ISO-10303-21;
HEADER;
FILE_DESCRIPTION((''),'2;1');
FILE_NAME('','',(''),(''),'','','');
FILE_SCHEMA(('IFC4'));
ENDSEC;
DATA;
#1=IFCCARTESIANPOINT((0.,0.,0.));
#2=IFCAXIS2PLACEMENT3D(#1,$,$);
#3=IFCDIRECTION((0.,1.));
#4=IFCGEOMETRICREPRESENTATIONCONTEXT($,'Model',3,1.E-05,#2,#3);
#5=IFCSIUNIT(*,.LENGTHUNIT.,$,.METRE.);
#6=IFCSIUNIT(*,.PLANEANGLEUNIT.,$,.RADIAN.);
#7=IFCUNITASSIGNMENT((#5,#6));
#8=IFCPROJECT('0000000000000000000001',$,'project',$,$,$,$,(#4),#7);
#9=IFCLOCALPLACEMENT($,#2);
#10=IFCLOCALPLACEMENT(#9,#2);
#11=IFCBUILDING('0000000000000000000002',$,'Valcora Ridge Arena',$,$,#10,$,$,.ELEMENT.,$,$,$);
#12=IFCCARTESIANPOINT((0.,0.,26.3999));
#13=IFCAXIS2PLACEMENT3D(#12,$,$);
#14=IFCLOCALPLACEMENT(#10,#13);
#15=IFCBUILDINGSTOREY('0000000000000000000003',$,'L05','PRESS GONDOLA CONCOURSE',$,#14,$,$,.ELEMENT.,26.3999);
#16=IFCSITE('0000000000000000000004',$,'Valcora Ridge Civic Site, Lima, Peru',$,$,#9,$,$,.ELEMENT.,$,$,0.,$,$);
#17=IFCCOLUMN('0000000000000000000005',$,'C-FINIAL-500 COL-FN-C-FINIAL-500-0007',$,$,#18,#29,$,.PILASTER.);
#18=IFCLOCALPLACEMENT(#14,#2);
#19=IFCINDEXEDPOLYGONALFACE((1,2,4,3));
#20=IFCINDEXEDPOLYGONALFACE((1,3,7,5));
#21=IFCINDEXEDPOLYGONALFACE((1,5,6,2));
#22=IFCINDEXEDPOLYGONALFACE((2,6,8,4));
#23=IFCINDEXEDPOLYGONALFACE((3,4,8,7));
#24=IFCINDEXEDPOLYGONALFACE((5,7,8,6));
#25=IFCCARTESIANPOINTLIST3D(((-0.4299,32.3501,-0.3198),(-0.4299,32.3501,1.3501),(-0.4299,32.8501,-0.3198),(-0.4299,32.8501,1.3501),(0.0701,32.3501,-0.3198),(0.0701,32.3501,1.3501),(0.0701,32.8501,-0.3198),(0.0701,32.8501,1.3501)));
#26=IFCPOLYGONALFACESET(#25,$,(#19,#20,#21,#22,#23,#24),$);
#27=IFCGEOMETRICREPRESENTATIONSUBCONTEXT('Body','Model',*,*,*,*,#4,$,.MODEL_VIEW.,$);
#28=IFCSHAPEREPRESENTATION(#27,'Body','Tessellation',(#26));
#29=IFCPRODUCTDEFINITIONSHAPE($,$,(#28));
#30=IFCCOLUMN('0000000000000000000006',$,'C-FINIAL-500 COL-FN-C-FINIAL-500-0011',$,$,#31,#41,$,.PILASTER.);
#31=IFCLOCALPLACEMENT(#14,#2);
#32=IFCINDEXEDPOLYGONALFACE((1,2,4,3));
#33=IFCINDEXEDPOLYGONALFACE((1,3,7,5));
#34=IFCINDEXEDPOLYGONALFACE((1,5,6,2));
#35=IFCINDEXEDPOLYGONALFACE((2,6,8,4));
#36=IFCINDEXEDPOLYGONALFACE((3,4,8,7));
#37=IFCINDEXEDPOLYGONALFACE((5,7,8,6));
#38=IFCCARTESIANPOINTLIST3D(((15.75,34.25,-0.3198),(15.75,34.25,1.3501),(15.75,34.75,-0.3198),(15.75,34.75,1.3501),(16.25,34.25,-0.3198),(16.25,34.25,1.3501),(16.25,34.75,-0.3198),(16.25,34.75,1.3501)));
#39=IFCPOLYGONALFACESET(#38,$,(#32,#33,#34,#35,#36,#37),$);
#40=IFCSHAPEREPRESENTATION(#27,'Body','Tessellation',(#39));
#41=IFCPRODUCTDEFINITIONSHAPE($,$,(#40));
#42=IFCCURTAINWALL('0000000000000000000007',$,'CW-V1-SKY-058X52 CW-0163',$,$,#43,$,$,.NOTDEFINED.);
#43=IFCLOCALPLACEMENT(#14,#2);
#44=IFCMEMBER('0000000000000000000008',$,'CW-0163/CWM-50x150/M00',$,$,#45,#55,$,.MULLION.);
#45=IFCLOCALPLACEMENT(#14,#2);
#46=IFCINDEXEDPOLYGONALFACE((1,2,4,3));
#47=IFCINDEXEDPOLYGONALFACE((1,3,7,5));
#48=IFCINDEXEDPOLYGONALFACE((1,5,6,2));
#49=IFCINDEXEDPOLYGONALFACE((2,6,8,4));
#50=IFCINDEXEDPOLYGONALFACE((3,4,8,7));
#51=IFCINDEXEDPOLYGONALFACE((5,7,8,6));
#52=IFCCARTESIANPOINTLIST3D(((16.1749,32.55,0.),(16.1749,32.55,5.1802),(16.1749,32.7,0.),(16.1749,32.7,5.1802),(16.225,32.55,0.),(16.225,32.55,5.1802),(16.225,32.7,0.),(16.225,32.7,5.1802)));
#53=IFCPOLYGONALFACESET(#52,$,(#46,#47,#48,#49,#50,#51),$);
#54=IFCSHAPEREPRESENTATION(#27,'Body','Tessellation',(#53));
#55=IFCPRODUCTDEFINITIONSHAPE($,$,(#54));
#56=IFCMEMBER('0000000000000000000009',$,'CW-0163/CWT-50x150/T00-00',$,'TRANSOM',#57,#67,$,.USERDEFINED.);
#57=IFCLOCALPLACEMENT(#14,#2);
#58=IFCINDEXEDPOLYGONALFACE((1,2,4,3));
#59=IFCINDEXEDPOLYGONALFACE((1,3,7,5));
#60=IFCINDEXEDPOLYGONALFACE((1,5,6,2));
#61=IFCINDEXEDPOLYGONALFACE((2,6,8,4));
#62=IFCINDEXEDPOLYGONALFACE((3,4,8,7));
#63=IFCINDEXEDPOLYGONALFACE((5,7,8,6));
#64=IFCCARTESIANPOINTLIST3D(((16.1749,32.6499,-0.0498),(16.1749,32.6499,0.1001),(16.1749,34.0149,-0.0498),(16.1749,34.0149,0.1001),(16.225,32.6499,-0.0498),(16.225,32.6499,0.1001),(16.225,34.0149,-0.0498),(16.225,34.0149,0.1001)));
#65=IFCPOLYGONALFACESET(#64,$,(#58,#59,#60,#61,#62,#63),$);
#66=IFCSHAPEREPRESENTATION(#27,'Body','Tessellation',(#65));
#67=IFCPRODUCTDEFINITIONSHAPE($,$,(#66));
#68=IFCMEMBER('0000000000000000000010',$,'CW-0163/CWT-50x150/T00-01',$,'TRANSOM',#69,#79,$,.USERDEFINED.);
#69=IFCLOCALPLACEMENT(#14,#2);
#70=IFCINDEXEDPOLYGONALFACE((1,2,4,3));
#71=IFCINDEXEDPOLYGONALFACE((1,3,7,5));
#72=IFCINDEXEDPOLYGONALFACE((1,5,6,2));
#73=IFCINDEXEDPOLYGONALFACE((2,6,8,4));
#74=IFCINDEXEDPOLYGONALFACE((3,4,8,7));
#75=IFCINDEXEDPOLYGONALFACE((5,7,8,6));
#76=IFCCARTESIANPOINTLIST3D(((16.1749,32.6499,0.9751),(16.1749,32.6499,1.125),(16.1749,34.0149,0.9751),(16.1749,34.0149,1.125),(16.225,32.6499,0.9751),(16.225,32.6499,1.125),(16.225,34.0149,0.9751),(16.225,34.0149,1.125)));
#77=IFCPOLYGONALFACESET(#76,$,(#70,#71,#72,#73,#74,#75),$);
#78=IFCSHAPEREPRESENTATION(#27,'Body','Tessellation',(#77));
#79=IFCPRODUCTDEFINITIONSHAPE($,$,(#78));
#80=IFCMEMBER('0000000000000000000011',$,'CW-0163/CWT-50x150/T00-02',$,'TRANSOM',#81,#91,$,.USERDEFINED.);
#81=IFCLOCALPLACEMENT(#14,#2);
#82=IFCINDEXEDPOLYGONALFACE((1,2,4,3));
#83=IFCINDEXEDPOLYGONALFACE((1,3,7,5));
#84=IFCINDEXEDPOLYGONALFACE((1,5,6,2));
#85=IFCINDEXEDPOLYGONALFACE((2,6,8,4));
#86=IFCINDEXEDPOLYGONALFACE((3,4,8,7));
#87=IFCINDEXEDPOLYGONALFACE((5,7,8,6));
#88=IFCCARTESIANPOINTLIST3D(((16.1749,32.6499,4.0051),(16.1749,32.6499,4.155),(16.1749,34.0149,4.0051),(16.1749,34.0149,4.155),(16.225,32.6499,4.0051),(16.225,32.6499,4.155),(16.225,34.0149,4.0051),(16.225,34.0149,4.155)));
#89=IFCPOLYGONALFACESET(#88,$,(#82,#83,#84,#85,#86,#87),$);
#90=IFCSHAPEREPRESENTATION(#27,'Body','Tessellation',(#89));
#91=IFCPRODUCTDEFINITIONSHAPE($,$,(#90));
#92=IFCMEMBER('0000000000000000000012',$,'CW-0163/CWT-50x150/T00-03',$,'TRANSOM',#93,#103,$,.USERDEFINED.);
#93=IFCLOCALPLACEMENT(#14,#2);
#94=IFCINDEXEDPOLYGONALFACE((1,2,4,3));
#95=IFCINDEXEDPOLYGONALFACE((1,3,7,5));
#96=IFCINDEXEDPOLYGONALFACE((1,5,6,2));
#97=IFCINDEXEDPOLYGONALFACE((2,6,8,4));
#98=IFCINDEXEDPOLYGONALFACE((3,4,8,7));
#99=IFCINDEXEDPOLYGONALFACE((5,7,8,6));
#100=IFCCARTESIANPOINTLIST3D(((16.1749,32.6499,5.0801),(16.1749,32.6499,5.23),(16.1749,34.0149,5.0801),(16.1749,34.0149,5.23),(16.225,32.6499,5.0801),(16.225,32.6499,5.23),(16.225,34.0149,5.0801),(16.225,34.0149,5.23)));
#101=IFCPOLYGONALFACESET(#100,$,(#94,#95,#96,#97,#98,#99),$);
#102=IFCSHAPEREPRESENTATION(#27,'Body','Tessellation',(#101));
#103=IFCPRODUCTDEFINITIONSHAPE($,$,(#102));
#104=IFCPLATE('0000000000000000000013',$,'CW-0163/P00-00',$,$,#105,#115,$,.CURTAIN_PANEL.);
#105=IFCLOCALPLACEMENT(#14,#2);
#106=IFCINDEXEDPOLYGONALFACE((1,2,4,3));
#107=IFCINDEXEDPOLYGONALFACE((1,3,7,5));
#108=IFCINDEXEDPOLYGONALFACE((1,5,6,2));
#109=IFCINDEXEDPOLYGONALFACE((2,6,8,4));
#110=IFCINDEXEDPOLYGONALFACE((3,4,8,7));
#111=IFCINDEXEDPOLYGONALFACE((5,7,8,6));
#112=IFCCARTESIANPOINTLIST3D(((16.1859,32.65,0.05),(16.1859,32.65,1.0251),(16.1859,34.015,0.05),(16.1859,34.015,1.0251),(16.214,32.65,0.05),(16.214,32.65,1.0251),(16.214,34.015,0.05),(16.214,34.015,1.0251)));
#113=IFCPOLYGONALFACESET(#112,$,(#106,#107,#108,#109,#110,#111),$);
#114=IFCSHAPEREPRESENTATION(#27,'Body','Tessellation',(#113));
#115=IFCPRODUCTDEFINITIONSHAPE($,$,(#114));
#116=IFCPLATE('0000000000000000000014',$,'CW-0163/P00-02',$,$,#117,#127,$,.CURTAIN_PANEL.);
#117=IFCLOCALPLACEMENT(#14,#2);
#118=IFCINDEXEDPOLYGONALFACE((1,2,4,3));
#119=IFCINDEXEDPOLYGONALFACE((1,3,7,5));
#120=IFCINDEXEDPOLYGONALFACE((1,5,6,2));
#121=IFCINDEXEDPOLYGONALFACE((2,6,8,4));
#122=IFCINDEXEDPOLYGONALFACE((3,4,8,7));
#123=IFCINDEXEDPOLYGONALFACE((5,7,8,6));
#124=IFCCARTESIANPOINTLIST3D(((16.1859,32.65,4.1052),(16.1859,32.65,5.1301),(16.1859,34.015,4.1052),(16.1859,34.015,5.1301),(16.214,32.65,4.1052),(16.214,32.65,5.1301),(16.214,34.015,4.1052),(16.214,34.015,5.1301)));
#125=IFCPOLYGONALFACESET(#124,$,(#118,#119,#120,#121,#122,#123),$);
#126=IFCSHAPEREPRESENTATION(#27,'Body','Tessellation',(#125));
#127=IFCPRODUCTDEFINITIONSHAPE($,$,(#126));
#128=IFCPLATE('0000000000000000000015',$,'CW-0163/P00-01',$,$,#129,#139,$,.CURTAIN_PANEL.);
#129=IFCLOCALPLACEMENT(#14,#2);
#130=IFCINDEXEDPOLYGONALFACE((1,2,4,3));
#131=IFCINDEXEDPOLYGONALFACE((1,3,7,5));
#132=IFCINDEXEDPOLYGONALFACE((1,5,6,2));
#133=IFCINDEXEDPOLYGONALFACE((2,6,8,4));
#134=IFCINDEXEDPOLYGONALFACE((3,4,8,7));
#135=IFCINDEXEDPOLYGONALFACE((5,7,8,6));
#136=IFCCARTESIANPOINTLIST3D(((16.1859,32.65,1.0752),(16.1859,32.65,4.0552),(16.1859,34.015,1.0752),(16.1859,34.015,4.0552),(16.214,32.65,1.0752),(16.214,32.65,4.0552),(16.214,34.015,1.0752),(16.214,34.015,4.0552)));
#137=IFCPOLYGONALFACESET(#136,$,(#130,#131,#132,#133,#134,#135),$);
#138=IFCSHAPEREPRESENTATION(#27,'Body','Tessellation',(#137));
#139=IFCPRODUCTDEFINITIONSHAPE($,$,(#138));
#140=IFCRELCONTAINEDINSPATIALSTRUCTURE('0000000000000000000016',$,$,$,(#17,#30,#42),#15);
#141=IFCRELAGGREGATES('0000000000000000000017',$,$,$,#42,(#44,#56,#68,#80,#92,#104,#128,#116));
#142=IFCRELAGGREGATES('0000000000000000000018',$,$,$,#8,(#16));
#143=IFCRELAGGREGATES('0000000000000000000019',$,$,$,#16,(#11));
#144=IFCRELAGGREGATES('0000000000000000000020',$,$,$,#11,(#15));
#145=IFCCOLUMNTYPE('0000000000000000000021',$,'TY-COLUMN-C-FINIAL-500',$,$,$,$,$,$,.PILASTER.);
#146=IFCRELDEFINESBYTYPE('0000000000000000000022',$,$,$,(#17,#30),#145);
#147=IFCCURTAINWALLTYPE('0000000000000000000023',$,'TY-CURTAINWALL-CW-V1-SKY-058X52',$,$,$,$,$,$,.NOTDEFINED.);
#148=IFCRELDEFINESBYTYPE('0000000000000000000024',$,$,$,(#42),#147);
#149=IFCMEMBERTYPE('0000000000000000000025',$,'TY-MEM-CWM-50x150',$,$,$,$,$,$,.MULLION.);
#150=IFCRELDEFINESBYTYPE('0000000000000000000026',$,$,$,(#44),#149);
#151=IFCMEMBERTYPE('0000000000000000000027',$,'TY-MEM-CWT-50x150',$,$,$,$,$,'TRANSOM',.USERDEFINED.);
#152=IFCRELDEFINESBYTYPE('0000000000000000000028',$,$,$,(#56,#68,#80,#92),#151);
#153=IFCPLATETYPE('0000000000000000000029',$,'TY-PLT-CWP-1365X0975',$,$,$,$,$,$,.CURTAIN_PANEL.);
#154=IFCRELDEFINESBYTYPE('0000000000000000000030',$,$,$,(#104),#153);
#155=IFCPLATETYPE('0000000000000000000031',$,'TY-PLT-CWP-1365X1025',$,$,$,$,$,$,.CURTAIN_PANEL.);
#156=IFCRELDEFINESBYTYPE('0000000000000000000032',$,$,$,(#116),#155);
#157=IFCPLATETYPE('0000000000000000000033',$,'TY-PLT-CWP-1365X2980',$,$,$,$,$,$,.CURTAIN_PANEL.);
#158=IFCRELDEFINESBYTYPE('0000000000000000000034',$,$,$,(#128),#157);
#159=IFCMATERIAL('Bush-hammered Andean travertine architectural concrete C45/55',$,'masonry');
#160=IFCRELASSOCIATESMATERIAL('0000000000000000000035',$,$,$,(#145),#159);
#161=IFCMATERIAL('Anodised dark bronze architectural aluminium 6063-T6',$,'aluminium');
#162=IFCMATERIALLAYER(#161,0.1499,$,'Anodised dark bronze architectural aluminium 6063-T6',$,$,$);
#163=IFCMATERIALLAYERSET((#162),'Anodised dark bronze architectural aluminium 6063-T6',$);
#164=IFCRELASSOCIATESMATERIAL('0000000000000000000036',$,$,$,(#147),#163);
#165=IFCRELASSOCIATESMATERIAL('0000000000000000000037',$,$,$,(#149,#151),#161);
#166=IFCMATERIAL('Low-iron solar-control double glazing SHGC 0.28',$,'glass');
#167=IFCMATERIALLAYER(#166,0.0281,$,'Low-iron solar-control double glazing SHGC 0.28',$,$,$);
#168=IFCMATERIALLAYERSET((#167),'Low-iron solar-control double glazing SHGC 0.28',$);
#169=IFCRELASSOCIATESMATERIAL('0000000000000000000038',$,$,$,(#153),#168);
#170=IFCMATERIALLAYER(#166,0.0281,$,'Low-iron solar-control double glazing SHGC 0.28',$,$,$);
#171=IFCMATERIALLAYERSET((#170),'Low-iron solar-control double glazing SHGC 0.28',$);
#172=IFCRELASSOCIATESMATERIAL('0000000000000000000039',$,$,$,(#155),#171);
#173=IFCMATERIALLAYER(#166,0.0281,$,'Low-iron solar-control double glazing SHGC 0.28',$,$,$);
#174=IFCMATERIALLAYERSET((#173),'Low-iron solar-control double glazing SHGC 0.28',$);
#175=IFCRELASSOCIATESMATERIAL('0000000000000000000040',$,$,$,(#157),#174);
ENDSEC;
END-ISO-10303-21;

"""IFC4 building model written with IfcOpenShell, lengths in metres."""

from ifc_helpers import new_model, si_unit, direction, frame, origin, origin_2d, place, context, subcontext, project, spatial, rectangle, extrude, material, layer, layer_set, material_profile, profile_set, type_object, element, aggregate, save


model = new_model("IFC4")

# Units and contexts
model_context = context("Model", 3, precision=1e-05, world=origin(), true_north=direction((0.0, 1.0)))
body_context = subcontext(model_context, "Body", "Model", "MODEL_VIEW")
ifc_project = project(units=[si_unit("LENGTHUNIT", "METRE"), si_unit("PLANEANGLEUNIT", "RADIAN")], contexts=[model_context])

# Site, building, storey
site_placement = place(None, origin())
site = spatial("IfcSite", under=ifc_project, at=site_placement, Name="Valcora Ridge Civic Site, Lima, Peru", CompositionType="ELEMENT", RefElevation=0.0)
building_placement = place(site_placement, origin())
building = spatial("IfcBuilding", under=site, at=building_placement, Name="Valcora Ridge Arena", CompositionType="ELEMENT")
storey_placement = place(building_placement, frame((0.0, 0.0, 26.3999)))
storey = spatial("IfcBuildingStorey", under=building, at=storey_placement, Name="L05", Description="PRESS GONDOLA CONCOURSE", CompositionType="ELEMENT", Elevation=26.3999)

# Columns
ifc_material_1 = material(Name="Bush-hammered Andean travertine architectural concrete C45/55", Category="masonry")
ifc_material_profile_1 = material_profile(ifc_material_1, rectangle(XDim=0.5, YDim=0.5, at=origin_2d()), Name="RC 500x500")
ifc_profile_set_1 = profile_set([ifc_material_profile_1], Name="Bush-hammered Andean travertine architectural concrete C45/55")
column_type = type_object("IfcColumnType", Name="TY-COLUMN-C-FINIAL-500", PredefinedType="PILASTER", material=ifc_profile_set_1)
for number, where, z_axis, x_axis, name in (
    (1, (-0.1799, 32.6001, -0.3198), (0.0, 0.0, 1.0), (1.0, 0.0, 0.0), "C-FINIAL-500 COL-FN-C-FINIAL-500-0007"),
    (2, (16.0, 34.5, -0.3198), (0.0, 0.0, 1.0), (1.0, 0.0, 0.0), "C-FINIAL-500 COL-FN-C-FINIAL-500-0011"),
):
    element("IfcColumn", number, at=place(storey_placement, frame(where, z_axis=z_axis, x_axis=x_axis)), inside=storey, type_object=column_type, Name=name, PredefinedType="PILASTER", context=body_context, shape_type="SweptSolid", body=[
        extrude(rectangle(XDim=0.5, YDim=0.5, at=origin_2d()), origin(), (0.0, 0.0, 1.0), 1.6699),
    ])

# Curtain wall, members, plates
ifc_material_2 = material(Name="Anodised dark bronze architectural aluminium 6063-T6", Category="aluminium")
ifc_layer_1 = layer(ifc_material_2, 0.1499, Name="Anodised dark bronze architectural aluminium 6063-T6")
ifc_layer_set_1 = layer_set([ifc_layer_1], Name="Anodised dark bronze architectural aluminium 6063-T6")
curtain_wall_type = type_object("IfcCurtainWallType", Name="TY-CURTAINWALL-CW-V1-SKY-058X52", PredefinedType="NOTDEFINED", material=ifc_layer_set_1)
curtain_wall_placement = place(storey_placement, origin())
curtain_wall = element("IfcCurtainWall", 3, at=curtain_wall_placement, inside=storey, type_object=curtain_wall_type, Name="CW-V1-SKY-058X52 CW-0163", PredefinedType="NOTDEFINED")
ifc_material_profile_2 = material_profile(ifc_material_2, rectangle(XDim=0.05, YDim=0.1499, at=origin_2d()), Name="ALU MULLION 50x150")
ifc_profile_set_2 = profile_set([ifc_material_profile_2], Name="Anodised dark bronze architectural aluminium 6063-T6")
member_type_1 = type_object("IfcMemberType", Name="TY-MEM-CWM-50x150", PredefinedType="MULLION", material=ifc_profile_set_2)
member_1_placement = place(storey_placement, frame((16.2, 32.625, 0.0), z_axis=(0.0, 0.0, 1.0), x_axis=(-1.0, 0.0, 0.0)))
member_1 = element("IfcMember", 4, at=member_1_placement, type_object=member_type_1, Name="CW-0163/CWM-50x150/M00", PredefinedType="MULLION", context=body_context, shape_type="SweptSolid", body=[
    extrude(rectangle(XDim=0.05, YDim=0.1499, at=origin_2d()), origin(), (0.0, 0.0, 1.0), 5.1802),
])
ifc_material_profile_3 = material_profile(ifc_material_2, rectangle(XDim=0.05, YDim=0.1499, at=origin_2d()), Name="ALU TRANSOM 50x150")
ifc_profile_set_3 = profile_set([ifc_material_profile_3], Name="Anodised dark bronze architectural aluminium 6063-T6")
member_type_2 = type_object("IfcMemberType", Name="TY-MEM-CWT-50x150", ElementType="TRANSOM", PredefinedType="USERDEFINED", material=ifc_profile_set_3)
member_2_placement = place(storey_placement, frame((16.2, 32.6499, 0.0251), z_axis=(0.0, 1.0, 0.0), x_axis=(-1.0, 0.0, 0.0)))
member_2 = element("IfcMember", 5, at=member_2_placement, type_object=member_type_2, Name="CW-0163/CWT-50x150/T00-00", ObjectType="TRANSOM", PredefinedType="USERDEFINED", context=body_context, shape_type="SweptSolid", body=[
    extrude(rectangle(XDim=0.05, YDim=0.1499, at=origin_2d()), origin(), (0.0, 0.0, 1.0), 1.365),
])
member_3_placement = place(storey_placement, frame((16.2, 32.6499, 1.05), z_axis=(0.0, 1.0, 0.0), x_axis=(-1.0, 0.0, 0.0)))
member_3 = element("IfcMember", 6, at=member_3_placement, type_object=member_type_2, Name="CW-0163/CWT-50x150/T00-01", ObjectType="TRANSOM", PredefinedType="USERDEFINED", context=body_context, shape_type="SweptSolid", body=[
    extrude(rectangle(XDim=0.05, YDim=0.1499, at=origin_2d()), origin(), (0.0, 0.0, 1.0), 1.365),
])
member_4_placement = place(storey_placement, frame((16.2, 32.6499, 4.0801), z_axis=(0.0, 1.0, 0.0), x_axis=(-1.0, 0.0, 0.0)))
member_4 = element("IfcMember", 7, at=member_4_placement, type_object=member_type_2, Name="CW-0163/CWT-50x150/T00-02", ObjectType="TRANSOM", PredefinedType="USERDEFINED", context=body_context, shape_type="SweptSolid", body=[
    extrude(rectangle(XDim=0.05, YDim=0.1499, at=origin_2d()), origin(), (0.0, 0.0, 1.0), 1.365),
])
member_5_placement = place(storey_placement, frame((16.2, 32.6499, 5.155), z_axis=(0.0, 1.0, 0.0), x_axis=(-1.0, 0.0, 0.0)))
member_5 = element("IfcMember", 8, at=member_5_placement, type_object=member_type_2, Name="CW-0163/CWT-50x150/T00-03", ObjectType="TRANSOM", PredefinedType="USERDEFINED", context=body_context, shape_type="SweptSolid", body=[
    extrude(rectangle(XDim=0.05, YDim=0.1499, at=origin_2d()), origin(), (0.0, 0.0, 1.0), 1.365),
])
ifc_material_3 = material(Name="Low-iron solar-control double glazing SHGC 0.28", Category="glass")
ifc_layer_2 = layer(ifc_material_3, 0.0281, Name="Low-iron solar-control double glazing SHGC 0.28")
ifc_layer_set_2 = layer_set([ifc_layer_2], Name="Low-iron solar-control double glazing SHGC 0.28")
plate_type_1 = type_object("IfcPlateType", Name="TY-PLT-CWP-1365X0975", PredefinedType="CURTAIN_PANEL", material=ifc_layer_set_2)
plate_1_placement = place(storey_placement, frame((16.2, 33.3325, 0.05), z_axis=(0.0, 0.0, 1.0), x_axis=(0.0, 1.0, 0.0)))
plate_1 = element("IfcPlate", 9, at=plate_1_placement, type_object=plate_type_1, Name="CW-0163/P00-00", PredefinedType="CURTAIN_PANEL", context=body_context, shape_type="SweptSolid", body=[
    extrude(rectangle(XDim=1.365, YDim=0.0281, at=origin_2d()), origin(), (0.0, 0.0, 1.0), 0.9751),
])
ifc_layer_3 = layer(ifc_material_3, 0.0281, Name="Low-iron solar-control double glazing SHGC 0.28")
ifc_layer_set_3 = layer_set([ifc_layer_3], Name="Low-iron solar-control double glazing SHGC 0.28")
plate_type_2 = type_object("IfcPlateType", Name="TY-PLT-CWP-1365X1025", PredefinedType="CURTAIN_PANEL", material=ifc_layer_set_3)
plate_2_placement = place(storey_placement, frame((16.2, 33.3325, 4.1052), z_axis=(0.0, 0.0, 1.0), x_axis=(0.0, 1.0, 0.0)))
plate_2 = element("IfcPlate", 10, at=plate_2_placement, type_object=plate_type_2, Name="CW-0163/P00-02", PredefinedType="CURTAIN_PANEL", context=body_context, shape_type="SweptSolid", body=[
    extrude(rectangle(XDim=1.365, YDim=0.0281, at=origin_2d()), origin(), (0.0, 0.0, 1.0), 1.0249),
])
ifc_layer_4 = layer(ifc_material_3, 0.0281, Name="Low-iron solar-control double glazing SHGC 0.28")
ifc_layer_set_4 = layer_set([ifc_layer_4], Name="Low-iron solar-control double glazing SHGC 0.28")
plate_type_3 = type_object("IfcPlateType", Name="TY-PLT-CWP-1365X2980", PredefinedType="CURTAIN_PANEL", material=ifc_layer_set_4)
plate_3_placement = place(storey_placement, frame((16.2, 33.3325, 1.0752), z_axis=(0.0, 0.0, 1.0), x_axis=(0.0, 1.0, 0.0)))
plate_3 = element("IfcPlate", 11, at=plate_3_placement, type_object=plate_type_3, Name="CW-0163/P00-01", PredefinedType="CURTAIN_PANEL", context=body_context, shape_type="SweptSolid", body=[
    extrude(rectangle(XDim=1.365, YDim=0.0281, at=origin_2d()), origin(), (0.0, 0.0, 1.0), 2.98),
])
aggregate(curtain_wall, [member_1, member_2, member_3, member_4, member_5, plate_1, plate_3, plate_2])

save(model, "model.ifc")
